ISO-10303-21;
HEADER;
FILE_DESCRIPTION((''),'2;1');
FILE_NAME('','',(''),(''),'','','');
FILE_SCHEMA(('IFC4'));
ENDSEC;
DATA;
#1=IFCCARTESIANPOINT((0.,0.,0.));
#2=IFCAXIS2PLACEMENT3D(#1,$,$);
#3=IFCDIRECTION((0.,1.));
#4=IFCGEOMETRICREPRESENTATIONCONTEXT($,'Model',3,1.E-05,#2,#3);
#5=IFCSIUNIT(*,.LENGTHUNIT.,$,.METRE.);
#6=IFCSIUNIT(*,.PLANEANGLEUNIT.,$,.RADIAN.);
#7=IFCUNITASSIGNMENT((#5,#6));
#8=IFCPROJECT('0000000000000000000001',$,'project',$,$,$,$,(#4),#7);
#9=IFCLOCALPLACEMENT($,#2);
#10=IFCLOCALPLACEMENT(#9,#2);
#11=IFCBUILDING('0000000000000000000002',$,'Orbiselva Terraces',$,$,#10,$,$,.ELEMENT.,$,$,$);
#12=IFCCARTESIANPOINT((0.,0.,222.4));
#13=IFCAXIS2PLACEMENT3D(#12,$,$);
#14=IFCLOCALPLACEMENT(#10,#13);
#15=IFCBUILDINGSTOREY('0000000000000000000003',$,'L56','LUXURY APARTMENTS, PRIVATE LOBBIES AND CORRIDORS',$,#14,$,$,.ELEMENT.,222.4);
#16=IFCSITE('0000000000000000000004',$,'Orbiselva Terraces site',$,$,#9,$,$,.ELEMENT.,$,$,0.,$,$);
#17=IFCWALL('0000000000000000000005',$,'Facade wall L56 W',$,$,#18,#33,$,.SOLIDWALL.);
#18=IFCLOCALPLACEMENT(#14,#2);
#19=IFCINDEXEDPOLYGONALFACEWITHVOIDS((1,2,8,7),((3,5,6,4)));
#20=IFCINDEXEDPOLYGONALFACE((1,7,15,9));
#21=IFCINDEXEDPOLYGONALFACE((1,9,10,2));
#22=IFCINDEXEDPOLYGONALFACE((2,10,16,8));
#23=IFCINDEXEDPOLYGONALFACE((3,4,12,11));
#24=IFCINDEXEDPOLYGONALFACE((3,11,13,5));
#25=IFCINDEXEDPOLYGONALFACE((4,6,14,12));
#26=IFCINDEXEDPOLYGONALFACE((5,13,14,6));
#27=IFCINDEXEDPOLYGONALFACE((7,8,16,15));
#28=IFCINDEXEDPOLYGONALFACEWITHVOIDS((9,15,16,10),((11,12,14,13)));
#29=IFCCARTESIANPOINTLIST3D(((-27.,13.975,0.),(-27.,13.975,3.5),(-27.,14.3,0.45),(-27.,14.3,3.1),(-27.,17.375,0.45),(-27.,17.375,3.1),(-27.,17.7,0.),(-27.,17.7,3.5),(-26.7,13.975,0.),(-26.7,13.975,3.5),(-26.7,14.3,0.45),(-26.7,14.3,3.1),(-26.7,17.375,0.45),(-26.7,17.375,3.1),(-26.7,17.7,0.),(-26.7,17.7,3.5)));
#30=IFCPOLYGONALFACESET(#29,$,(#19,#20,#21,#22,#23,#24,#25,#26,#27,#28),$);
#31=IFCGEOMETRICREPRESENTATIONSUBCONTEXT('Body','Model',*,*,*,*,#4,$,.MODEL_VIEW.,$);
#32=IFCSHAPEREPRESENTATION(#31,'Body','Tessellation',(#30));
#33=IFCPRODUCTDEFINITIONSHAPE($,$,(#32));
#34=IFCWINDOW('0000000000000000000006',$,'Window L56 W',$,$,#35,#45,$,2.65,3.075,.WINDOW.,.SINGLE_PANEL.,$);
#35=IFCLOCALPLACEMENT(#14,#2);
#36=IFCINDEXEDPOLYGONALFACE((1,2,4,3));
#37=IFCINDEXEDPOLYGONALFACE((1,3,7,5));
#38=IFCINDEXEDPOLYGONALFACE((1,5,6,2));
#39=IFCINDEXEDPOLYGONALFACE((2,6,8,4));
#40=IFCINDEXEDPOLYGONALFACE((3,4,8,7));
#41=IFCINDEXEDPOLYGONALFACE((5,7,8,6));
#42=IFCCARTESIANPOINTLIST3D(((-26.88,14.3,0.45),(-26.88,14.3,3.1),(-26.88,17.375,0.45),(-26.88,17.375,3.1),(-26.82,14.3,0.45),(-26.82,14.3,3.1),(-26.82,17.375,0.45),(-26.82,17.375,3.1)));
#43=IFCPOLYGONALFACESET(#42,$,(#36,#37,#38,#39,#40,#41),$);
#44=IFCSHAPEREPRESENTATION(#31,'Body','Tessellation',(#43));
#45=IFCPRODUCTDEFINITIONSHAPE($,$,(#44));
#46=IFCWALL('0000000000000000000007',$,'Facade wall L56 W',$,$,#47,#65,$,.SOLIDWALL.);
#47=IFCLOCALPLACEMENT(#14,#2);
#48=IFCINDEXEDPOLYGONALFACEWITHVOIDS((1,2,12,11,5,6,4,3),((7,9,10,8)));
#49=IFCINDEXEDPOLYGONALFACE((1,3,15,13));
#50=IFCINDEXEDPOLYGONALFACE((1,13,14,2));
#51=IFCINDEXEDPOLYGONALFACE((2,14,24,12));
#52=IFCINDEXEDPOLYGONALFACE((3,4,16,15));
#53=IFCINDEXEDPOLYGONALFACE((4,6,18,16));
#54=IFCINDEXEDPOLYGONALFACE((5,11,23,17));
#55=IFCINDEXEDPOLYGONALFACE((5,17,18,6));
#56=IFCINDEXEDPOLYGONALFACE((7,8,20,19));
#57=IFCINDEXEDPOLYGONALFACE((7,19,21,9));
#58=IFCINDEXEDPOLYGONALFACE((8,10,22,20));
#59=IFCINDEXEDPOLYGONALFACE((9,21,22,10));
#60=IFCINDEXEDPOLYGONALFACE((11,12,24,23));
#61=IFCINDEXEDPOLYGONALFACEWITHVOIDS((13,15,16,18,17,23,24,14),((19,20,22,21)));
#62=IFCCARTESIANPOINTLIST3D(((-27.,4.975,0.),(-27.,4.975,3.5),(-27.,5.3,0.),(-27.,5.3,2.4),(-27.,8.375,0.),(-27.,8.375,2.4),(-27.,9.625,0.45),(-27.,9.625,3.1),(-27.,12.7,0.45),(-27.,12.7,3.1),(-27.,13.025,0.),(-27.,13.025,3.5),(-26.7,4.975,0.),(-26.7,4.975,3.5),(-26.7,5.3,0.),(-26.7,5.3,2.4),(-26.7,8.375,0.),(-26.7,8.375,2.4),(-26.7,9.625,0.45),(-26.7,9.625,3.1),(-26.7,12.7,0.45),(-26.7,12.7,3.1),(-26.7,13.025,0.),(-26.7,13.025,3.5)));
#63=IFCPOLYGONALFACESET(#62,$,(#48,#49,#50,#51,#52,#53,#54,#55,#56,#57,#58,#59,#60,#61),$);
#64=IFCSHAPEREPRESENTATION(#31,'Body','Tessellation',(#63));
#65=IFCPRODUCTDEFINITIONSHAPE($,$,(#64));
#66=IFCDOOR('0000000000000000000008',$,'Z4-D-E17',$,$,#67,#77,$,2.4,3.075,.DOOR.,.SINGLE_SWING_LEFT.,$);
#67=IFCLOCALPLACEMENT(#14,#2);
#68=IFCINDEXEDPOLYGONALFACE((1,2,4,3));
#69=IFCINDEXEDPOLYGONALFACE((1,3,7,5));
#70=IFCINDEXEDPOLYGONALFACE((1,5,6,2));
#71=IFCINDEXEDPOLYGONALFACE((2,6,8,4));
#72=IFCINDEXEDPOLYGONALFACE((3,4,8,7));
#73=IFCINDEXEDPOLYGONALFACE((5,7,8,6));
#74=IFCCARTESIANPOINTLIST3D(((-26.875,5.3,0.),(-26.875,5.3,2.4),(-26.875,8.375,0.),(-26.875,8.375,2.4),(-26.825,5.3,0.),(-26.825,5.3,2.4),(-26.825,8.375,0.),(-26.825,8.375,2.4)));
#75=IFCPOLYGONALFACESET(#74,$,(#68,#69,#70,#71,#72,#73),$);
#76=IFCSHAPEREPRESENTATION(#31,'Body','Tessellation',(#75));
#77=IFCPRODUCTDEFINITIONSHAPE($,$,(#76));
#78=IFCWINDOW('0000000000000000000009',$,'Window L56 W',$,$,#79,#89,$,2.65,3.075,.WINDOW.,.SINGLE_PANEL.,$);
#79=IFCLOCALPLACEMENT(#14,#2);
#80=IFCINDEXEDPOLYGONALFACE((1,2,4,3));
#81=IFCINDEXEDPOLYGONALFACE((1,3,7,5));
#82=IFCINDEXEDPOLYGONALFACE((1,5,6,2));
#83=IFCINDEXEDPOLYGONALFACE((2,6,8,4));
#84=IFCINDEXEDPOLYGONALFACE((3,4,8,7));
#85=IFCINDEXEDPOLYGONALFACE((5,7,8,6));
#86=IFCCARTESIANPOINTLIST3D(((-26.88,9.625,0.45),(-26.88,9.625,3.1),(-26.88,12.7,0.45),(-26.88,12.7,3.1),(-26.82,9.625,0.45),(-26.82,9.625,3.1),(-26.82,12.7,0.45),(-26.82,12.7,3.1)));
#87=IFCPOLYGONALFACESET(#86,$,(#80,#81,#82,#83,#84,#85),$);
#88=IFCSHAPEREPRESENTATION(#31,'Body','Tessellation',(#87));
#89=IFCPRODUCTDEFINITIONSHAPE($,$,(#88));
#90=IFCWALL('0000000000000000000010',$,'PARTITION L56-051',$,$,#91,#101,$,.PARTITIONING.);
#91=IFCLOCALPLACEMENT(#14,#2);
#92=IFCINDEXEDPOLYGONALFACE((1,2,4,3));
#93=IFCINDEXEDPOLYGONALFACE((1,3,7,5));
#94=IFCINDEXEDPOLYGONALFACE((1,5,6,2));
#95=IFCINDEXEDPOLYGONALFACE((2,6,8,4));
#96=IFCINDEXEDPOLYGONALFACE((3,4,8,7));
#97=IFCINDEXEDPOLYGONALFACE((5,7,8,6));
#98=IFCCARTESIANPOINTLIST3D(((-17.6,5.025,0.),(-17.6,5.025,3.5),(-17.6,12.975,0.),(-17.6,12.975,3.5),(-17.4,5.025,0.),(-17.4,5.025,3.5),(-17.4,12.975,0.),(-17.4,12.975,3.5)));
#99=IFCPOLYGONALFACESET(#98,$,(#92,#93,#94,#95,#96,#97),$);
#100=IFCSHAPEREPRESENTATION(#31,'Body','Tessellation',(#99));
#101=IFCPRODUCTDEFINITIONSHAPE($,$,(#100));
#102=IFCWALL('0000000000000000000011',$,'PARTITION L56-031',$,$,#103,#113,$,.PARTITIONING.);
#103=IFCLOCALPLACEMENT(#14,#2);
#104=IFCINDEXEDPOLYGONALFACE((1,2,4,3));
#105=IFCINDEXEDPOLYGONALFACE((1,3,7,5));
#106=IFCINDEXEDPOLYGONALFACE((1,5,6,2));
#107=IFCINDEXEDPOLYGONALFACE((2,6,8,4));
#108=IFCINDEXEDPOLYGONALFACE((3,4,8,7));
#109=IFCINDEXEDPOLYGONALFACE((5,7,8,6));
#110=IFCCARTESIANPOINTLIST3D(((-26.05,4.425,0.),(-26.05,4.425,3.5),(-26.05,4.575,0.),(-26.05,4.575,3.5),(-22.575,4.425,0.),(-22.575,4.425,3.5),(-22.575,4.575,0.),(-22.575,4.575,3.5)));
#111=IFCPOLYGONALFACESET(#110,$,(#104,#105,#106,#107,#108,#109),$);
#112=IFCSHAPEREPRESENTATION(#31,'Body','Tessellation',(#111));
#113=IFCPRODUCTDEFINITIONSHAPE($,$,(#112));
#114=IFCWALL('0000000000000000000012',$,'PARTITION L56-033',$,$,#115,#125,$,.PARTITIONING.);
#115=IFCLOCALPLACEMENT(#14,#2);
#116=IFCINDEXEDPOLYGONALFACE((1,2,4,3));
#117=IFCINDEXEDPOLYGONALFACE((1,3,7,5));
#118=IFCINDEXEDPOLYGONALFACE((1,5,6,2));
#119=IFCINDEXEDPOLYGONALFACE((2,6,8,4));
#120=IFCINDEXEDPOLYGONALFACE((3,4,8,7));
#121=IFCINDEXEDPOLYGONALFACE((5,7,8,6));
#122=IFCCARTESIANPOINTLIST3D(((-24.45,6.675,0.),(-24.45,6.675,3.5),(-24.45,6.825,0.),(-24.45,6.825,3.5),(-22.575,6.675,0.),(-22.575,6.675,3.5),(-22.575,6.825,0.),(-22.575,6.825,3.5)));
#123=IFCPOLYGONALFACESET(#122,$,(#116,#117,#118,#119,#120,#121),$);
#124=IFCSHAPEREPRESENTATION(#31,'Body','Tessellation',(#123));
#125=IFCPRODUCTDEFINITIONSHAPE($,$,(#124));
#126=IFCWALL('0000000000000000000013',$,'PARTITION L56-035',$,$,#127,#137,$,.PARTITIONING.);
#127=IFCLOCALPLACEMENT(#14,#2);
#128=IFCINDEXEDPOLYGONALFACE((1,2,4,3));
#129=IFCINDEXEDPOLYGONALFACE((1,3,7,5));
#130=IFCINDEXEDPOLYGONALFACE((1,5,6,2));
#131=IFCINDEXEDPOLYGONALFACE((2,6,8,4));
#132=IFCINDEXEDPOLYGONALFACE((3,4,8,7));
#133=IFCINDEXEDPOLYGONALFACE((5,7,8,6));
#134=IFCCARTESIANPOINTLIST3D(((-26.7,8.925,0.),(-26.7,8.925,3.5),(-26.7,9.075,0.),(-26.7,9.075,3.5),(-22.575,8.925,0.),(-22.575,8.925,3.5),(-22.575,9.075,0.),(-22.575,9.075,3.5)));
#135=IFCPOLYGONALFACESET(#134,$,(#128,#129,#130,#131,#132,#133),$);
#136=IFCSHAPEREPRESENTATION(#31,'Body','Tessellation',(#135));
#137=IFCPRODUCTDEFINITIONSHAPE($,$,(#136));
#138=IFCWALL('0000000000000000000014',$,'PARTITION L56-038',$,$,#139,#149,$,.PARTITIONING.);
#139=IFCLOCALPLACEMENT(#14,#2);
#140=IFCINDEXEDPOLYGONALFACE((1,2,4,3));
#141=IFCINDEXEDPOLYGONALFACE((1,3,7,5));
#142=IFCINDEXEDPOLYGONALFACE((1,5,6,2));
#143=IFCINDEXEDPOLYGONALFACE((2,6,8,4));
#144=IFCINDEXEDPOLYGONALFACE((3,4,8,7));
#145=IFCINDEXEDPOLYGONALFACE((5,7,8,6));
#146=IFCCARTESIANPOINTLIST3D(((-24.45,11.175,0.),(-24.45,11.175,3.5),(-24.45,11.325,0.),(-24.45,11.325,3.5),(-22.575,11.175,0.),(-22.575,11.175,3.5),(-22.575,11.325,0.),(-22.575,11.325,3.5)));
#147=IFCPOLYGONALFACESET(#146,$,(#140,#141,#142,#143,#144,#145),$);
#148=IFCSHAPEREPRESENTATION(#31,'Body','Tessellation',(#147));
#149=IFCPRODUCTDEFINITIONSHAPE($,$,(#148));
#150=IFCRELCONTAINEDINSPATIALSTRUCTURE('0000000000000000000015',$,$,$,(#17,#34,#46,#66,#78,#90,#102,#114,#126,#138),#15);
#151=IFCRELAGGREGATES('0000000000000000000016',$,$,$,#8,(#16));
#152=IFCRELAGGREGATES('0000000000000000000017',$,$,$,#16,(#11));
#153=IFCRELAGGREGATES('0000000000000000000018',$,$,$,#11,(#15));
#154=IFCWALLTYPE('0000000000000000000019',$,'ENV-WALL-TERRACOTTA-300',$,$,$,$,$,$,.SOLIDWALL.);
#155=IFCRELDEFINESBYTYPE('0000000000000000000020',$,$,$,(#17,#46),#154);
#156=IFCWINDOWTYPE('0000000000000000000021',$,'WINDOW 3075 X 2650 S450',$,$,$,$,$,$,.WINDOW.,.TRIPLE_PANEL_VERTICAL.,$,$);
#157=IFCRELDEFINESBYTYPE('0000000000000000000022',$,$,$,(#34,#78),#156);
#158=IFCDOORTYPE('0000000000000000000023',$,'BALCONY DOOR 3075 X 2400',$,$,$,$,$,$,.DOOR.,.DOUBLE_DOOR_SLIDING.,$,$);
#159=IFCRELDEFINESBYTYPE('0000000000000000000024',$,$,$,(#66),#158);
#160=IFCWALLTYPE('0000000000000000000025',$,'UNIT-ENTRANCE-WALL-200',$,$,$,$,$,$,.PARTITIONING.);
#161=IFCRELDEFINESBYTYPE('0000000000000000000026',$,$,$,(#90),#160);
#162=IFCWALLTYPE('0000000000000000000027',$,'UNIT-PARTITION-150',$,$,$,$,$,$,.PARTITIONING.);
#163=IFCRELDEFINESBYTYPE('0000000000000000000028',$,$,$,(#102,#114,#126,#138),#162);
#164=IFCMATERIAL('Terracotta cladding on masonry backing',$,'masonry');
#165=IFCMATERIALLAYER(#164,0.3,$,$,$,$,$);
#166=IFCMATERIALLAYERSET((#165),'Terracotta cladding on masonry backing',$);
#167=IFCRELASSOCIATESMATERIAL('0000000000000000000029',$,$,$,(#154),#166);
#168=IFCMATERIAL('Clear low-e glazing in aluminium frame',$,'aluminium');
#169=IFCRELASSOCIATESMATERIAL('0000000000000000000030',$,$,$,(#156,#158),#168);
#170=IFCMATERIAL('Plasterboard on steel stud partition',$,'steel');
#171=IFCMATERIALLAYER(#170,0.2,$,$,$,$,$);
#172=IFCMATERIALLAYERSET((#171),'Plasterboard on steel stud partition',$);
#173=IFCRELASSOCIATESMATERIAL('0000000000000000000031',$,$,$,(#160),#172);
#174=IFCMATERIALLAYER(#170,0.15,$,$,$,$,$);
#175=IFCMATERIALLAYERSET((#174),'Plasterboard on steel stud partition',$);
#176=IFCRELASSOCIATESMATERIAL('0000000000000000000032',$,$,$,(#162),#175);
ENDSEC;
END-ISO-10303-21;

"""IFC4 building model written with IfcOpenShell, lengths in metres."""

from ifc_helpers import new_model, si_unit, direction, frame, frame_2d, origin, place, context, subcontext, project, spatial, rectangle, extrude, material, layer, layer_set, type_object, element, fill, save


model = new_model("IFC4")

# Units and contexts
model_context = context("Model", 3, precision=1e-05, world=origin(), true_north=direction((0.0, 1.0)))
body_context = subcontext(model_context, "Body", "Model", "MODEL_VIEW")
ifc_project = project(units=[si_unit("LENGTHUNIT", "METRE"), si_unit("PLANEANGLEUNIT", "RADIAN")], contexts=[model_context])

# Site, building, storey
site_placement = place(None, origin())
site = spatial("IfcSite", under=ifc_project, at=site_placement, Name="Orbiselva Terraces site", CompositionType="ELEMENT", RefElevation=0.0)
building_placement = place(site_placement, origin())
building = spatial("IfcBuilding", under=site, at=building_placement, Name="Orbiselva Terraces", CompositionType="ELEMENT")
storey_placement = place(building_placement, frame((0.0, 0.0, 222.4)))
storey = spatial("IfcBuildingStorey", under=building, at=storey_placement, Name="L56", Description="LUXURY APARTMENTS, PRIVATE LOBBIES AND CORRIDORS", CompositionType="ELEMENT", Elevation=222.4)

# Wall, opening, window
ifc_material_1 = material(Name="Terracotta cladding on masonry backing", Category="masonry")
ifc_layer_1 = layer(ifc_material_1, 0.3)
ifc_layer_set_1 = layer_set([ifc_layer_1], Name="Terracotta cladding on masonry backing")
wall_type_1 = type_object("IfcWallType", Name="ENV-WALL-TERRACOTTA-300", PredefinedType="SOLIDWALL", material=ifc_layer_set_1)
wall_1_placement = place(storey_placement, frame((-26.85, 13.975, 0.0), z_axis=(0.0, 0.0, 1.0), x_axis=(0.0, 1.0, 0.0)))
wall_1 = element("IfcWall", 1, at=wall_1_placement, inside=storey, type_object=wall_type_1, Name="Facade wall L56 W", PredefinedType="SOLIDWALL", context=body_context, shape_type="SweptSolid", body=[
    extrude(rectangle(XDim=3.725, YDim=0.3, at=frame_2d((1.8625, 0.0))), origin(), (0.0, 0.0, 1.0), 3.5),
])
opening_1_placement = place(wall_1_placement, frame((0.325, 0.0, 0.45)))
opening_1 = element("IfcOpeningElement", 2, at=opening_1_placement, cuts=wall_1, PredefinedType="OPENING", context=body_context, shape_type="SweptSolid", body=[
    extrude(rectangle(XDim=3.075, YDim=2.65, at=frame_2d((1.5375, 1.325))), frame((0.0, 0.16, 0.0), z_axis=(0.0, -1.0, 0.0), x_axis=(1.0, 0.0, 0.0)), (0.0, 0.0, 1.0), 0.32),
])
ifc_material_2 = material(Name="Clear low-e glazing in aluminium frame", Category="aluminium")
window_type = type_object("IfcWindowType", Name="WINDOW 3075 X 2650 S450", PartitioningType="TRIPLE_PANEL_VERTICAL", PredefinedType="WINDOW", material=ifc_material_2)
window_1_placement = place(opening_1_placement, origin())
window_1 = element("IfcWindow", 3, at=window_1_placement, inside=storey, type_object=window_type, Name="Window L56 W", OverallHeight=2.65, OverallWidth=3.075, PartitioningType="SINGLE_PANEL", PredefinedType="WINDOW", context=body_context, shape_type="SweptSolid", body=[
    extrude(rectangle(XDim=3.075, YDim=2.65, at=frame_2d((1.5375, 1.325))), frame((0.0, 0.03, 0.0), z_axis=(0.0, -1.0, 0.0), x_axis=(1.0, 0.0, 0.0)), (0.0, 0.0, 1.0), 0.06),
])
fill(opening_1, window_1)

# Wall, openings, door, window
wall_2_placement = place(storey_placement, frame((-26.85, 4.975, 0.0), z_axis=(0.0, 0.0, 1.0), x_axis=(0.0, 1.0, 0.0)))
wall_2 = element("IfcWall", 4, at=wall_2_placement, inside=storey, type_object=wall_type_1, Name="Facade wall L56 W", PredefinedType="SOLIDWALL", context=body_context, shape_type="SweptSolid", body=[
    extrude(rectangle(XDim=8.05, YDim=0.3, at=frame_2d((4.025, 0.0))), origin(), (0.0, 0.0, 1.0), 3.5),
])
opening_2_placement = place(wall_2_placement, frame((4.65, 0.0, 0.45)))
opening_2 = element("IfcOpeningElement", 5, at=opening_2_placement, cuts=wall_2, PredefinedType="OPENING", context=body_context, shape_type="SweptSolid", body=[
    extrude(rectangle(XDim=3.075, YDim=2.65, at=frame_2d((1.5375, 1.325))), frame((0.0, 0.16, 0.0), z_axis=(0.0, -1.0, 0.0), x_axis=(1.0, 0.0, 0.0)), (0.0, 0.0, 1.0), 0.32),
])
opening_3_placement = place(wall_2_placement, frame((0.325, 0.0, 0.0)))
opening_3 = element("IfcOpeningElement", 6, at=opening_3_placement, cuts=wall_2, PredefinedType="OPENING", context=body_context, shape_type="SweptSolid", body=[
    extrude(rectangle(XDim=3.075, YDim=2.4, at=frame_2d((1.5375, 1.2))), frame((0.0, 0.16, 0.0), z_axis=(0.0, -1.0, 0.0), x_axis=(1.0, 0.0, 0.0)), (0.0, 0.0, 1.0), 0.32),
])
door_type_1 = type_object("IfcDoorType", Name="BALCONY DOOR 3075 X 2400", OperationType="DOUBLE_DOOR_SLIDING", PredefinedType="DOOR", material=ifc_material_2)
door_1_placement = place(opening_3_placement, origin())
door_1 = element("IfcDoor", 7, at=door_1_placement, inside=storey, type_object=door_type_1, Name="Z4-D-E17", OperationType="SINGLE_SWING_LEFT", OverallHeight=2.4, OverallWidth=3.075, PredefinedType="DOOR", context=body_context, shape_type="SweptSolid", body=[
    extrude(rectangle(XDim=3.075, YDim=2.4, at=frame_2d((1.5375, 1.2))), frame((0.0, 0.025, 0.0), z_axis=(0.0, -1.0, 0.0), x_axis=(1.0, 0.0, 0.0)), (0.0, 0.0, 1.0), 0.05),
])
fill(opening_3, door_1)
window_2_placement = place(opening_2_placement, origin())
window_2 = element("IfcWindow", 8, at=window_2_placement, inside=storey, type_object=window_type, Name="Window L56 W", OverallHeight=2.65, OverallWidth=3.075, PartitioningType="SINGLE_PANEL", PredefinedType="WINDOW", context=body_context, shape_type="SweptSolid", body=[
    extrude(rectangle(XDim=3.075, YDim=2.65, at=frame_2d((1.5375, 1.325))), frame((0.0, 0.03, 0.0), z_axis=(0.0, -1.0, 0.0), x_axis=(1.0, 0.0, 0.0)), (0.0, 0.0, 1.0), 0.06),
])
fill(opening_2, window_2)

# Walls
ifc_material_3 = material(Name="Plasterboard on steel stud partition", Category="steel")
ifc_layer_2 = layer(ifc_material_3, 0.2)
ifc_layer_set_2 = layer_set([ifc_layer_2], Name="Plasterboard on steel stud partition")
wall_type_2 = type_object("IfcWallType", Name="UNIT-ENTRANCE-WALL-200", PredefinedType="PARTITIONING", material=ifc_layer_set_2)
wall_3_placement = place(storey_placement, frame((-17.5, 5.025, 0.0), z_axis=(0.0, 0.0, 1.0), x_axis=(0.0, 1.0, 0.0)))
element("IfcWall", 9, at=wall_3_placement, inside=storey, type_object=wall_type_2, Name="PARTITION L56-051", PredefinedType="PARTITIONING", context=body_context, shape_type="SweptSolid", body=[
    extrude(rectangle(XDim=7.95, YDim=0.2, at=frame_2d((3.975, 0.0))), origin(), (0.0, 0.0, 1.0), 3.5),
])
ifc_layer_3 = layer(ifc_material_3, 0.15)
ifc_layer_set_3 = layer_set([ifc_layer_3], Name="Plasterboard on steel stud partition")
wall_type_3 = type_object("IfcWallType", Name="UNIT-PARTITION-150", PredefinedType="PARTITIONING", material=ifc_layer_set_3)
wall_4_placement = place(storey_placement, frame((-26.05, 4.5, 0.0), z_axis=(0.0, 0.0, 1.0), x_axis=(1.0, 0.0, 0.0)))
element("IfcWall", 10, at=wall_4_placement, inside=storey, type_object=wall_type_3, Name="PARTITION L56-031", PredefinedType="PARTITIONING", context=body_context, shape_type="SweptSolid", body=[
    extrude(rectangle(XDim=3.475, YDim=0.15, at=frame_2d((1.7375, 0.0))), origin(), (0.0, 0.0, 1.0), 3.5),
])
wall_5_placement = place(storey_placement, frame((-24.45, 6.75, 0.0), z_axis=(0.0, 0.0, 1.0), x_axis=(1.0, 0.0, 0.0)))
element("IfcWall", 11, at=wall_5_placement, inside=storey, type_object=wall_type_3, Name="PARTITION L56-033", PredefinedType="PARTITIONING", context=body_context, shape_type="SweptSolid", body=[
    extrude(rectangle(XDim=1.875, YDim=0.15, at=frame_2d((0.9375, 0.0))), origin(), (0.0, 0.0, 1.0), 3.5),
])
wall_6_placement = place(storey_placement, frame((-26.7, 9.0, 0.0), z_axis=(0.0, 0.0, 1.0), x_axis=(1.0, 0.0, 0.0)))
element("IfcWall", 12, at=wall_6_placement, inside=storey, type_object=wall_type_3, Name="PARTITION L56-035", PredefinedType="PARTITIONING", context=body_context, shape_type="SweptSolid", body=[
    extrude(rectangle(XDim=4.125, YDim=0.15, at=frame_2d((2.0625, 0.0))), origin(), (0.0, 0.0, 1.0), 3.5),
])
wall_7_placement = place(storey_placement, frame((-24.45, 11.25, 0.0), z_axis=(0.0, 0.0, 1.0), x_axis=(1.0, 0.0, 0.0)))
element("IfcWall", 13, at=wall_7_placement, inside=storey, type_object=wall_type_3, Name="PARTITION L56-038", PredefinedType="PARTITIONING", context=body_context, shape_type="SweptSolid", body=[
    extrude(rectangle(XDim=1.875, YDim=0.15, at=frame_2d((0.9375, 0.0))), origin(), (0.0, 0.0, 1.0), 3.5),
])

save(model, "model.ifc")
